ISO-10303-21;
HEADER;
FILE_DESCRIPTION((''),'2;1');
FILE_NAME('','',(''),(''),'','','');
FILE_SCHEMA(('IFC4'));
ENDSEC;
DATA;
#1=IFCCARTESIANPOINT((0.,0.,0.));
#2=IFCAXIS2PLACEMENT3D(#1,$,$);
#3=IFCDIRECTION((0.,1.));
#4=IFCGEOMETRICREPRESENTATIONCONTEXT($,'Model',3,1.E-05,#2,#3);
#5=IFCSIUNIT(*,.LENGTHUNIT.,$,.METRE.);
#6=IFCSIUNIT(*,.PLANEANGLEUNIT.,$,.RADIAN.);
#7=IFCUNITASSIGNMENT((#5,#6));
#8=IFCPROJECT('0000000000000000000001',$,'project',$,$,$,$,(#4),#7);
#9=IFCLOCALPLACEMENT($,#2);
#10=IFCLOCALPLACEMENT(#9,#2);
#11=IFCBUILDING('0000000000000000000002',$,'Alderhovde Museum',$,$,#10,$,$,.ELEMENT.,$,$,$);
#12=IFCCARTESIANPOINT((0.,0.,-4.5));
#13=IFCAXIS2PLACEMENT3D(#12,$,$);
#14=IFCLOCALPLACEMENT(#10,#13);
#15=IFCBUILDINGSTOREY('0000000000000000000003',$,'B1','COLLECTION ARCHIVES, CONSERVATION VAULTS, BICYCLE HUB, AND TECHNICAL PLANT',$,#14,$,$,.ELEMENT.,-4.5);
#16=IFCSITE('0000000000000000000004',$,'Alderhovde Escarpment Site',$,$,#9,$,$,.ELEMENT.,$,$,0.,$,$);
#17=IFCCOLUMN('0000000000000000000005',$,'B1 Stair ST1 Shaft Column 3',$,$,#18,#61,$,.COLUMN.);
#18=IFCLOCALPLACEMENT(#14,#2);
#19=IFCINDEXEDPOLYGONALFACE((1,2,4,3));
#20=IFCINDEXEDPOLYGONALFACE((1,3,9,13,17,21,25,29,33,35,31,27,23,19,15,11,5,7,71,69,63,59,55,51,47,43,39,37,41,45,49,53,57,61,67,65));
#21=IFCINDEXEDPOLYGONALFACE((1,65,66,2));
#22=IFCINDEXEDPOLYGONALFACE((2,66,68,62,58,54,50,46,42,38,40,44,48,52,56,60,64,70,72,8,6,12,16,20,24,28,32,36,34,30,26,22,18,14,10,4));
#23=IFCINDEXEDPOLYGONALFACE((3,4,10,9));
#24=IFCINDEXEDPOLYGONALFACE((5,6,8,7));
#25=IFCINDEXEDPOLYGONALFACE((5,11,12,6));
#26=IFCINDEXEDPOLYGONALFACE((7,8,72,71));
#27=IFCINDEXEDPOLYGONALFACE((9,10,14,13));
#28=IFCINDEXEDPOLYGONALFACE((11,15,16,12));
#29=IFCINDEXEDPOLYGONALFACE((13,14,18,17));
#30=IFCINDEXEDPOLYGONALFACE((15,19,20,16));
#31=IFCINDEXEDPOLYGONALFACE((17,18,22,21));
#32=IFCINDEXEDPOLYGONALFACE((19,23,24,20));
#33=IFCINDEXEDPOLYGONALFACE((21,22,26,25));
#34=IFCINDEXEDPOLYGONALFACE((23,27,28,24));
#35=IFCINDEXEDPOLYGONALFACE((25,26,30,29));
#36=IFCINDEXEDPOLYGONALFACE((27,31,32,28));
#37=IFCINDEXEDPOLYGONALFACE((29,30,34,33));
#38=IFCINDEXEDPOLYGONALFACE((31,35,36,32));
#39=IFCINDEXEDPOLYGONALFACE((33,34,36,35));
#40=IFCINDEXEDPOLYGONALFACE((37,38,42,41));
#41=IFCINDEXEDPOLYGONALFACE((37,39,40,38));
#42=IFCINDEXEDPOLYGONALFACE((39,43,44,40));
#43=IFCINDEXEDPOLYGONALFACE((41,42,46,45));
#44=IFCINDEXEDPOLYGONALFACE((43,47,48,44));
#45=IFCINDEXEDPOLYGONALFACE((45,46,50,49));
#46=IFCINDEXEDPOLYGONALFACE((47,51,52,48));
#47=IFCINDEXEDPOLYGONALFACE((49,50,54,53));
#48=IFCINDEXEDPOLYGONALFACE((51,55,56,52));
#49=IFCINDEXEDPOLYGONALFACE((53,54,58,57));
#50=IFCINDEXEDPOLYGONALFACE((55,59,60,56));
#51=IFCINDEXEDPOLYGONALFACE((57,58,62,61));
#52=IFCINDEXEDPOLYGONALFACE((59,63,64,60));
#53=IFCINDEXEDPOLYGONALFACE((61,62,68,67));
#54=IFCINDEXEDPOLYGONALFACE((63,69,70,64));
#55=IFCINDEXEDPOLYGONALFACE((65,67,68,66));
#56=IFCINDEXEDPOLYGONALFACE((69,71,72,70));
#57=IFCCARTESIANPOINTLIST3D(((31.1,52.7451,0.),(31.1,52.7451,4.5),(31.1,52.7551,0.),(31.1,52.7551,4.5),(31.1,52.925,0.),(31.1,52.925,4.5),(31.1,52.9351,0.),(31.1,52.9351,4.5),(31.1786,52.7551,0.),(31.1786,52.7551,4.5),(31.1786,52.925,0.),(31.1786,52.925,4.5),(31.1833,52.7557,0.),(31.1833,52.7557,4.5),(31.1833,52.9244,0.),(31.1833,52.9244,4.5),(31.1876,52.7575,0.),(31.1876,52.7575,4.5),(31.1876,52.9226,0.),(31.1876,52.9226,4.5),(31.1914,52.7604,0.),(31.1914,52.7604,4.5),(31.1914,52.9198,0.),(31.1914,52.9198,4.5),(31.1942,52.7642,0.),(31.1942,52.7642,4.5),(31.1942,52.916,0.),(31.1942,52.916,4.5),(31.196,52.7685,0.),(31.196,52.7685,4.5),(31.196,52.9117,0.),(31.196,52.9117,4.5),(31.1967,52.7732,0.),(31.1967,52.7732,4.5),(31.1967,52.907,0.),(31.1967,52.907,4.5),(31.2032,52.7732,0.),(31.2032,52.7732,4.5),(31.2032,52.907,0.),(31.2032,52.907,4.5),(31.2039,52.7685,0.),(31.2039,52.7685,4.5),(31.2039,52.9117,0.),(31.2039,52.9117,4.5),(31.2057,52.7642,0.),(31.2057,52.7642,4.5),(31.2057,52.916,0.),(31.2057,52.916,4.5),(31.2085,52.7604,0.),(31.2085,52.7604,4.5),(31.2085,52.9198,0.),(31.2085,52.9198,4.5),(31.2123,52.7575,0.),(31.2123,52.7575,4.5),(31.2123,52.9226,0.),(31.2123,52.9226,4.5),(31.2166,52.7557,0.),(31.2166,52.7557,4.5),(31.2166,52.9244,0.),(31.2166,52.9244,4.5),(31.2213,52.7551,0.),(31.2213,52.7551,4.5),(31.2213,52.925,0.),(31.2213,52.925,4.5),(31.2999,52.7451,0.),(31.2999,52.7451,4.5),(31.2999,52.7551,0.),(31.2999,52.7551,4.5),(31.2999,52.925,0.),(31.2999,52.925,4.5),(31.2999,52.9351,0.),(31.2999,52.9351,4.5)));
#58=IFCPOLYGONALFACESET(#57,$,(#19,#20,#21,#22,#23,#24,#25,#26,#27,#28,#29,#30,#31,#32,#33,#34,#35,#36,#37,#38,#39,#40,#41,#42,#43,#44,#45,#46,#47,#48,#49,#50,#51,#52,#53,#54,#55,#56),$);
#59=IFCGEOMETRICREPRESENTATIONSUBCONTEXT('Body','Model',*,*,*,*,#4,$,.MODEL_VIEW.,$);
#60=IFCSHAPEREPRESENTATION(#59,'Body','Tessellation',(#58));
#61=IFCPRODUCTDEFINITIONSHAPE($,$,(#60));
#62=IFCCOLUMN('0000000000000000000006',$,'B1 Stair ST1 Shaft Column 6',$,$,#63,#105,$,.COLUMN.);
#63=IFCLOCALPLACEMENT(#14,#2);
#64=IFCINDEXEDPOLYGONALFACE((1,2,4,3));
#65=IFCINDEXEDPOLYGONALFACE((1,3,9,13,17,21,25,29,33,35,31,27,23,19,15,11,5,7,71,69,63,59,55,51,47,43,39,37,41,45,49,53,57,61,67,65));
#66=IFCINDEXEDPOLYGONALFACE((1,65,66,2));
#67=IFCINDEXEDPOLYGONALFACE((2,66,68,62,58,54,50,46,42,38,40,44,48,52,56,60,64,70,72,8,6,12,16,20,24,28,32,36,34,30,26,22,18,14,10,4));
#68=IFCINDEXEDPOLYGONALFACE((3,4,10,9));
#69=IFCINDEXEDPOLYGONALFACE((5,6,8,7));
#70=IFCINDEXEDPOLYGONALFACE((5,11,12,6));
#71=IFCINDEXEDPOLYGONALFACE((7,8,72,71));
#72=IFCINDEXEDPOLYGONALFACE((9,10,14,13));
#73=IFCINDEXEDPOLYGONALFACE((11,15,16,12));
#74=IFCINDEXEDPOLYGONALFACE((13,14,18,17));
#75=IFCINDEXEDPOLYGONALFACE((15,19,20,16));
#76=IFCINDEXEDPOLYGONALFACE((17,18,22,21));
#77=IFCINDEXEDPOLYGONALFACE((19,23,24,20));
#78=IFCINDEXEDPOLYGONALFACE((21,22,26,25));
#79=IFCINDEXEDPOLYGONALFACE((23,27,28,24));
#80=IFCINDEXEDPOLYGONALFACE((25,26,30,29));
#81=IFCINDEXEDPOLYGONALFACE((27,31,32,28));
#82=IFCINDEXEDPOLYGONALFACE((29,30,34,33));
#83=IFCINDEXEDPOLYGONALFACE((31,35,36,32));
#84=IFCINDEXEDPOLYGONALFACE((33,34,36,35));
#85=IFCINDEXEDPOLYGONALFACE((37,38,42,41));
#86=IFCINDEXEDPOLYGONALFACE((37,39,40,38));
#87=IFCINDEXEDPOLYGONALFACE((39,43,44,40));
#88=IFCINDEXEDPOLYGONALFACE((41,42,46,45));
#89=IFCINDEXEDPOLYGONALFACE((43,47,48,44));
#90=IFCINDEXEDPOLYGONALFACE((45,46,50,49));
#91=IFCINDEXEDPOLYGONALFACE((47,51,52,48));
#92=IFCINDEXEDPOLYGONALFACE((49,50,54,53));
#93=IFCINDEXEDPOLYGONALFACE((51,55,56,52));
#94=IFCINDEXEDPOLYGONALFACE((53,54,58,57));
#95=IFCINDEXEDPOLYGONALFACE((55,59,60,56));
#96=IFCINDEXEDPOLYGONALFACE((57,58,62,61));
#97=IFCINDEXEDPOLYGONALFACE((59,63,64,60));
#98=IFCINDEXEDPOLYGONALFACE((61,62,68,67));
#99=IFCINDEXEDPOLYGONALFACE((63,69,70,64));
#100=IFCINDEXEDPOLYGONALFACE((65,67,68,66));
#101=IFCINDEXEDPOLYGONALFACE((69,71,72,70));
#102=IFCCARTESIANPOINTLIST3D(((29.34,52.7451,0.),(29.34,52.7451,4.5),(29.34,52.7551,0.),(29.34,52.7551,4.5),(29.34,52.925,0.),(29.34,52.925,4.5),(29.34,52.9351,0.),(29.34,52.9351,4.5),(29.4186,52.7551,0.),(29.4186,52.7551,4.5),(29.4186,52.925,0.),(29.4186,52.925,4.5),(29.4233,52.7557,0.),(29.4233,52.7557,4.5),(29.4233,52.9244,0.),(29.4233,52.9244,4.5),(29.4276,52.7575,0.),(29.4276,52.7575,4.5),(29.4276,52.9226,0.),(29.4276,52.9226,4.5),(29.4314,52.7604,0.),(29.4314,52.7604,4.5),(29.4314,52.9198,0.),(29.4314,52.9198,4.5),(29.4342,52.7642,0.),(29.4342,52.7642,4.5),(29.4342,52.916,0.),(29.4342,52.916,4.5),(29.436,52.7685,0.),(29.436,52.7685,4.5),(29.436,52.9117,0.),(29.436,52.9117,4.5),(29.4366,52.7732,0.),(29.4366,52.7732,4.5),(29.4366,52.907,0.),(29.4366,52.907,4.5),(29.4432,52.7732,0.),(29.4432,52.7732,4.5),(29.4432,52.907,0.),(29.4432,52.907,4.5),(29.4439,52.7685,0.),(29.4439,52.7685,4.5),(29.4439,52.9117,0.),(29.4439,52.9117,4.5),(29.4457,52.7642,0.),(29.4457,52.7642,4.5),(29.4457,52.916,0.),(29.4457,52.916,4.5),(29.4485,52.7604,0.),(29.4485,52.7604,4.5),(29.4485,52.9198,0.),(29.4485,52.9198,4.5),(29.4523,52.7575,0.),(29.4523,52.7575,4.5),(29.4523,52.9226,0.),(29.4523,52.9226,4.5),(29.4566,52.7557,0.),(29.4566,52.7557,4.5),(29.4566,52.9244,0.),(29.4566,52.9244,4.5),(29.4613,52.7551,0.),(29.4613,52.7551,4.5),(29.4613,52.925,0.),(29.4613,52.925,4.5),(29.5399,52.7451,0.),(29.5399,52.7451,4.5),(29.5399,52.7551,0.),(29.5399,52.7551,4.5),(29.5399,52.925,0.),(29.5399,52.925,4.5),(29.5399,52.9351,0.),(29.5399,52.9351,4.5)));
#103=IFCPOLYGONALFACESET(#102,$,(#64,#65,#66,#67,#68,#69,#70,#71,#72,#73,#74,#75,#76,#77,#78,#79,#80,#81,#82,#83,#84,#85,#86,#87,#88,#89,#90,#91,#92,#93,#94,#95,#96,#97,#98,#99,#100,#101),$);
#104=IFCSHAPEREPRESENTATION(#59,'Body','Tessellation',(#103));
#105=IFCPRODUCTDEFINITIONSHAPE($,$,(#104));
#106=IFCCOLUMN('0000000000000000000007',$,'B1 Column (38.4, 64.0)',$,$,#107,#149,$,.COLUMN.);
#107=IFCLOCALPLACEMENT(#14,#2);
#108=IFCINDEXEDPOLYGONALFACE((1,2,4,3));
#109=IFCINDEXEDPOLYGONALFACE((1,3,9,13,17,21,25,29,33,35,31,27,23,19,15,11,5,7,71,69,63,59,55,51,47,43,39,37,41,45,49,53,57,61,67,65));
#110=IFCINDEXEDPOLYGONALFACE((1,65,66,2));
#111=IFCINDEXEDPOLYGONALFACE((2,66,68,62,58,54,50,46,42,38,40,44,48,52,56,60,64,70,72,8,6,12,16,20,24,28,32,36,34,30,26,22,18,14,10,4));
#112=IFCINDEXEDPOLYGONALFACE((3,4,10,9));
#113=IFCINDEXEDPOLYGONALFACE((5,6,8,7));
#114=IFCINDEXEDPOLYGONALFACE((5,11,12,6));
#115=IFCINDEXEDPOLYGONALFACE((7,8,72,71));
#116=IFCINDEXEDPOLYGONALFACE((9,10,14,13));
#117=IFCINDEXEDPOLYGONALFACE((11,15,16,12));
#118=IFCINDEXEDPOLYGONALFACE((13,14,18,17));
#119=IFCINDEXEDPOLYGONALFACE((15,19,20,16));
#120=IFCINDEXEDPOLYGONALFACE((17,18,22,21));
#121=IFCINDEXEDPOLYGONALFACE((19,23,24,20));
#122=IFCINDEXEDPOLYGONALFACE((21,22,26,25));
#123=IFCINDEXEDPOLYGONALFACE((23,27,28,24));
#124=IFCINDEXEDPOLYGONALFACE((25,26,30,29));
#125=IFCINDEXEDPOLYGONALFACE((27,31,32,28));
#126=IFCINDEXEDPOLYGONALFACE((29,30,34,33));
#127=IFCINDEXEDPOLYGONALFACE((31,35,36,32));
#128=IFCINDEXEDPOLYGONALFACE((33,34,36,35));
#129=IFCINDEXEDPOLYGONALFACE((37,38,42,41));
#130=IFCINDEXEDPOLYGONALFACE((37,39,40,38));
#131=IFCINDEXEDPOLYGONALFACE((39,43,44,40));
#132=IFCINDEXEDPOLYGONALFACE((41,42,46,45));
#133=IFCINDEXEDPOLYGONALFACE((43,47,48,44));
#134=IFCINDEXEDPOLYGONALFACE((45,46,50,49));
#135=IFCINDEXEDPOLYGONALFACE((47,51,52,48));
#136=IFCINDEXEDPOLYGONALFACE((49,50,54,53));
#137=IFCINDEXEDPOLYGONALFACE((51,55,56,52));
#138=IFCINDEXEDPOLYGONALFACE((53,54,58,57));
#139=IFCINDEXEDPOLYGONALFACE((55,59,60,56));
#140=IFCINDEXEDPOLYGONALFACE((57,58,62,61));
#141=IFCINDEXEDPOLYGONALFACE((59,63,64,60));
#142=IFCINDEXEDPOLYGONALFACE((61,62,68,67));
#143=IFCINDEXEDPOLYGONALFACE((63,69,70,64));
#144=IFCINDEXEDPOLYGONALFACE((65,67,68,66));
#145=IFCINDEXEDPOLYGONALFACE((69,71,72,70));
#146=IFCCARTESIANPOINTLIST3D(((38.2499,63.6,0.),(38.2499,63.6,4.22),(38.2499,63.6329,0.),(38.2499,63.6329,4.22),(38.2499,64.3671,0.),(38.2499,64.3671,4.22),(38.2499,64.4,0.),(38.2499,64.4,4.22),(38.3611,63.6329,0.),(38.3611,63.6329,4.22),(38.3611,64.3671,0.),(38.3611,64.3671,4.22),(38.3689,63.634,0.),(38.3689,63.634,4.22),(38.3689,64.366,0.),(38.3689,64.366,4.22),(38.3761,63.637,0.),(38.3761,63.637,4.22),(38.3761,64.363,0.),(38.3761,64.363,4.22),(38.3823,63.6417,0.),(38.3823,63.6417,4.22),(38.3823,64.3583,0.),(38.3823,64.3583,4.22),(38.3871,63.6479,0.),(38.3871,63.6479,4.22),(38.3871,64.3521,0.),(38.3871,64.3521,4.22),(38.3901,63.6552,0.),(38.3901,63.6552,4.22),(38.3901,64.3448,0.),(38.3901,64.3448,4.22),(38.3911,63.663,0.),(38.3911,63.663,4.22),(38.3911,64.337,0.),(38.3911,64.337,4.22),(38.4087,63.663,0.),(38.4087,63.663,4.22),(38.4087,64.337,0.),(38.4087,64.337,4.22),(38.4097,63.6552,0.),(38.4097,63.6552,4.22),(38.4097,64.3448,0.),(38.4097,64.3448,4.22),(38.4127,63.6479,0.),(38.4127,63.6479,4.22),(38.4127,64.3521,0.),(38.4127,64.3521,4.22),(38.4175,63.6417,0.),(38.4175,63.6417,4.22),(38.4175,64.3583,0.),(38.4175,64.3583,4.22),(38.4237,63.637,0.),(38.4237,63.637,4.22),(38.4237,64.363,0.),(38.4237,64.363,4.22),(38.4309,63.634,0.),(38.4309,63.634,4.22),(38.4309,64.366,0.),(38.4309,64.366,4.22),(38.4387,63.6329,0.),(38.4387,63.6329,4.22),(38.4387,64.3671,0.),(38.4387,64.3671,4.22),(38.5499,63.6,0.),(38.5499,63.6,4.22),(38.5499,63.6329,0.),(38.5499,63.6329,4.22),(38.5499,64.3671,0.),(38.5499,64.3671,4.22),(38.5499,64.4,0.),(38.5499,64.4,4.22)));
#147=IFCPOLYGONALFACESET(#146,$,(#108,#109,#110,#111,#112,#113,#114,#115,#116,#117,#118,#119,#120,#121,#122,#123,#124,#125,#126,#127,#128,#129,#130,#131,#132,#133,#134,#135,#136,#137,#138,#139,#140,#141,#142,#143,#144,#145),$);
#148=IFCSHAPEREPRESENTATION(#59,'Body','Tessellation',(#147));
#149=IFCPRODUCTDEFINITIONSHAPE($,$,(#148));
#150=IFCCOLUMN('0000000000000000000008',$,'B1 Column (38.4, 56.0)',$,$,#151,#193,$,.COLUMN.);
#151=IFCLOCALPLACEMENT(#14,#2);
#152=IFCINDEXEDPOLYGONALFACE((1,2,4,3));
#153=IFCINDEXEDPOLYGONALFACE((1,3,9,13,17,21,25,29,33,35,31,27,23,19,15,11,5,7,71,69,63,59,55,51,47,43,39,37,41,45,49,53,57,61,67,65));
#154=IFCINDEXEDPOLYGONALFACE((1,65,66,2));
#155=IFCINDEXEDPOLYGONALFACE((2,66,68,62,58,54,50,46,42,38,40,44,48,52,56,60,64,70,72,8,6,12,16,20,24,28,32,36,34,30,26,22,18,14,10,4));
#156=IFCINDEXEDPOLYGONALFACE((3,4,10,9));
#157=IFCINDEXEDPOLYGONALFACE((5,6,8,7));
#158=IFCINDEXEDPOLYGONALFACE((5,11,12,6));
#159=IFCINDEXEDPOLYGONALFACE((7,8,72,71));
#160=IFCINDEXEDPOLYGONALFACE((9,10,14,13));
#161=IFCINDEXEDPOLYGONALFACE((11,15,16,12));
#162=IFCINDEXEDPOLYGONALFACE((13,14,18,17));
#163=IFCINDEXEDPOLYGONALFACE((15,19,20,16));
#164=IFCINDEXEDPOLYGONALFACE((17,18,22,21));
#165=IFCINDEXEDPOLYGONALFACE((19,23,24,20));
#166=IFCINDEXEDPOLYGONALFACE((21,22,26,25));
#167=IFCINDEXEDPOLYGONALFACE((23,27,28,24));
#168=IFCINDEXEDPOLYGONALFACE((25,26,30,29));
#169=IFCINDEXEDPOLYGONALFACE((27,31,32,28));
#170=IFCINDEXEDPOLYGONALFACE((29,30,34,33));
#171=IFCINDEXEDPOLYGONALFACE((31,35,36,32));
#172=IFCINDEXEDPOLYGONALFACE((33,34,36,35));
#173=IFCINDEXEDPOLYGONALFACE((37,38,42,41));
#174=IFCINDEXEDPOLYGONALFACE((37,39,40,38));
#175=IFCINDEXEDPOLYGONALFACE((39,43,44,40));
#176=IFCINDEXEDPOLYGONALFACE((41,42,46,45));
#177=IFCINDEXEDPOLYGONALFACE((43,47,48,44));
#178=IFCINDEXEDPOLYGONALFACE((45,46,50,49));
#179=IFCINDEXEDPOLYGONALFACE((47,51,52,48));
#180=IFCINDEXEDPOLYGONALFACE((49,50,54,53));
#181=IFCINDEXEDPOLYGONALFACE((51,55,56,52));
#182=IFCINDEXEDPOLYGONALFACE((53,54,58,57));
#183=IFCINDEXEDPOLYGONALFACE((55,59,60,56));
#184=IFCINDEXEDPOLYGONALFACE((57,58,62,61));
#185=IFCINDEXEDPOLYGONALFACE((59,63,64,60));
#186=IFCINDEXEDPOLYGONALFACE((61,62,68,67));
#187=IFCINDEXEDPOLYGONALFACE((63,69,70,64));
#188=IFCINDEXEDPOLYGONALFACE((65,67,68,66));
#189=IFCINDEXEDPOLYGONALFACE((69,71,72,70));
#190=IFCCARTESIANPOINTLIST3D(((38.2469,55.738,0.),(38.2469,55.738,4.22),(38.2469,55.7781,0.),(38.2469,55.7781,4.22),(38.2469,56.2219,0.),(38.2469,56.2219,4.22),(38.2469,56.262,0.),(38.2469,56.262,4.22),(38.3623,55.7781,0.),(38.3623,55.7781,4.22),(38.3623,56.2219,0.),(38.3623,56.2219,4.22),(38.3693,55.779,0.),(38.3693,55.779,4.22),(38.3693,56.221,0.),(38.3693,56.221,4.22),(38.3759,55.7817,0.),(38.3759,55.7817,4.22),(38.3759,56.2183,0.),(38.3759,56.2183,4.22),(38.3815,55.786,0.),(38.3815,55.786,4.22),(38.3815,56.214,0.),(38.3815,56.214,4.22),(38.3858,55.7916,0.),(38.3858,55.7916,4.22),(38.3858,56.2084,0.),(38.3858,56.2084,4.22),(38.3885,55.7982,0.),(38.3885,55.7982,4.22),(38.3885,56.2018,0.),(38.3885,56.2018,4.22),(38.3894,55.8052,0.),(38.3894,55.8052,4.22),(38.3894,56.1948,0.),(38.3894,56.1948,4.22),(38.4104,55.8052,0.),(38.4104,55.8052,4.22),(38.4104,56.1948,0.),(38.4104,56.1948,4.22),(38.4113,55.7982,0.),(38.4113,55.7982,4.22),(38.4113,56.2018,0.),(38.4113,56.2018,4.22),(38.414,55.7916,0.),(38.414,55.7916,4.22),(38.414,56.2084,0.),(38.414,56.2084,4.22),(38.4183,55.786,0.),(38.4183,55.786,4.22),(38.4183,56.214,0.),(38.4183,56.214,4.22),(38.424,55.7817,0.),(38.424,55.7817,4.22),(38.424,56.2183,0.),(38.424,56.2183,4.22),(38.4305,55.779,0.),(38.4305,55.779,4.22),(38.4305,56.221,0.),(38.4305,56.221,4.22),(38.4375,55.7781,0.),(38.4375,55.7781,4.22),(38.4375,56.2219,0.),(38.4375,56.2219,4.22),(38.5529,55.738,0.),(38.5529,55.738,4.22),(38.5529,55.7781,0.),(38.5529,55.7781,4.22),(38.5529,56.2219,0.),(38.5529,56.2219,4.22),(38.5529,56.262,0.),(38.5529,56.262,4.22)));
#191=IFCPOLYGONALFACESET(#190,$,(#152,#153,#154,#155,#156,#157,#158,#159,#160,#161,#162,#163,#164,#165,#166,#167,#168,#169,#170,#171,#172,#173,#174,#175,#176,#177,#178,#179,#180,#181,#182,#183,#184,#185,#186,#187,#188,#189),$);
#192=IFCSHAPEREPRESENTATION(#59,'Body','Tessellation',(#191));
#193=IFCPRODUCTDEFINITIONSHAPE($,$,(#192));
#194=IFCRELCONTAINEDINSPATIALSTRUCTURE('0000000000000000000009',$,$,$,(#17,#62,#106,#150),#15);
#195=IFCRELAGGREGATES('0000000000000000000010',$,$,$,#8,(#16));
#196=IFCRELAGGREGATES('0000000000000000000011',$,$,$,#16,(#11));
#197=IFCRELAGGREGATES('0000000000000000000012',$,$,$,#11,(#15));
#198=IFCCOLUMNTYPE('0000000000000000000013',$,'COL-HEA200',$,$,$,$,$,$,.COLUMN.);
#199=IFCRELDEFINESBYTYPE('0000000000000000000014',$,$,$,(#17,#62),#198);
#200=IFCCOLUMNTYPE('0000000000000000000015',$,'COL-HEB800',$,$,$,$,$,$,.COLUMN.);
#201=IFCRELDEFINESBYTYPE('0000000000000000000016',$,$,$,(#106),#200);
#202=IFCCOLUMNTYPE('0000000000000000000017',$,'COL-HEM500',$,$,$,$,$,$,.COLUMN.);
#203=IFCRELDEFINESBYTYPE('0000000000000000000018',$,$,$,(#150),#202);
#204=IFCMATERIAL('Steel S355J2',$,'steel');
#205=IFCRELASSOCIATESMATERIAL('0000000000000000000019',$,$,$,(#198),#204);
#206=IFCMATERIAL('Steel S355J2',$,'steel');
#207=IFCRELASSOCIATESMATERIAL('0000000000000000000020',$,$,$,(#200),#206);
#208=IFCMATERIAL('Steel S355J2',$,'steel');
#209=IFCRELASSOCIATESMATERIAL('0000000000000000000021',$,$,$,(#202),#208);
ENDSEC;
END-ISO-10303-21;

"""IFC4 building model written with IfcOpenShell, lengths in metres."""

from ifc_helpers import new_model, si_unit, direction, frame, origin, origin_2d, place, context, subcontext, project, spatial, i_section, extrude, material, material_profile, profile_set, type_object, element, save


model = new_model("IFC4")

# Units and contexts
model_context = context("Model", 3, precision=1e-05, world=origin(), true_north=direction((0.0, 1.0)))
body_context = subcontext(model_context, "Body", "Model", "MODEL_VIEW")
ifc_project = project(units=[si_unit("LENGTHUNIT", "METRE"), si_unit("PLANEANGLEUNIT", "RADIAN")], contexts=[model_context])

# Site, building, storey
site_placement = place(None, origin())
site = spatial("IfcSite", under=ifc_project, at=site_placement, Name="Alderhovde Escarpment Site", CompositionType="ELEMENT", RefElevation=0.0)
building_placement = place(site_placement, origin())
building = spatial("IfcBuilding", under=site, at=building_placement, Name="Alderhovde Museum", CompositionType="ELEMENT")
storey_placement = place(building_placement, frame((0.0, 0.0, -4.5)))
storey = spatial("IfcBuildingStorey", under=building, at=storey_placement, Name="B1", Description="COLLECTION ARCHIVES, CONSERVATION VAULTS, BICYCLE HUB, AND TECHNICAL PLANT", CompositionType="ELEMENT", Elevation=-4.5)

# Columns
ifc_material_1 = material(Name="Steel S355J2", Category="steel")
ifc_material_profile_1 = material_profile(ifc_material_1, i_section(OverallWidth=0.2, OverallDepth=0.1899, WebThickness=0.0066, FlangeThickness=0.01, FilletRadius=0.0181, at=origin_2d()), Name="HEA 200")
ifc_profile_set_1 = profile_set([ifc_material_profile_1], Name="Steel S355J2")
column_type_1 = type_object("IfcColumnType", Name="COL-HEA200", PredefinedType="COLUMN", material=ifc_profile_set_1)
for number, where, z_axis, x_axis, name in (
    (1, (31.2, 52.8401, 0.0), (0.0, 0.0, 1.0), (1.0, 0.0, 0.0), "B1 Stair ST1 Shaft Column 3"),
    (2, (29.4399, 52.8401, 0.0), (0.0, 0.0, 1.0), (1.0, 0.0, 0.0), "B1 Stair ST1 Shaft Column 6"),
):
    element("IfcColumn", number, at=place(storey_placement, frame(where, z_axis=z_axis, x_axis=x_axis)), inside=storey, type_object=column_type_1, Name=name, PredefinedType="COLUMN", context=body_context, shape_type="SweptSolid", body=[
        extrude(i_section(OverallWidth=0.2, OverallDepth=0.1899, WebThickness=0.0066, FlangeThickness=0.01, FilletRadius=0.0181, at=origin_2d()), origin(), (0.0, 0.0, 1.0), 4.5),
    ])
ifc_material_2 = material(Name="Steel S355J2", Category="steel")
ifc_material_profile_2 = material_profile(ifc_material_2, i_section(OverallWidth=0.3, OverallDepth=0.8, WebThickness=0.0176, FlangeThickness=0.033, FilletRadius=0.03, at=origin_2d()), Name="HEB 800")
ifc_profile_set_2 = profile_set([ifc_material_profile_2], Name="Steel S355J2")
column_type_2 = type_object("IfcColumnType", Name="COL-HEB800", PredefinedType="COLUMN", material=ifc_profile_set_2)
column_1_placement = place(storey_placement, frame((38.3999, 64.0, 0.0), z_axis=(0.0, 0.0, 1.0), x_axis=(1.0, 0.0, 0.0)))
element("IfcColumn", 3, at=column_1_placement, inside=storey, type_object=column_type_2, Name="B1 Column (38.4, 64.0)", PredefinedType="COLUMN", context=body_context, shape_type="SweptSolid", body=[
    extrude(i_section(OverallWidth=0.3, OverallDepth=0.8, WebThickness=0.0176, FlangeThickness=0.033, FilletRadius=0.03, at=origin_2d()), origin(), (0.0, 0.0, 1.0), 4.22),
])
ifc_material_3 = material(Name="Steel S355J2", Category="steel")
ifc_material_profile_3 = material_profile(ifc_material_3, i_section(OverallWidth=0.3059, OverallDepth=0.5239, WebThickness=0.021, FlangeThickness=0.04, FilletRadius=0.0271, at=origin_2d()), Name="HEM 500")
ifc_profile_set_3 = profile_set([ifc_material_profile_3], Name="Steel S355J2")
column_type_3 = type_object("IfcColumnType", Name="COL-HEM500", PredefinedType="COLUMN", material=ifc_profile_set_3)
column_2_placement = place(storey_placement, frame((38.3999, 56.0, 0.0), z_axis=(0.0, 0.0, 1.0), x_axis=(1.0, 0.0, 0.0)))
element("IfcColumn", 4, at=column_2_placement, inside=storey, type_object=column_type_3, Name="B1 Column (38.4, 56.0)", PredefinedType="COLUMN", context=body_context, shape_type="SweptSolid", body=[
    extrude(i_section(OverallWidth=0.3059, OverallDepth=0.5239, WebThickness=0.021, FlangeThickness=0.04, FilletRadius=0.0271, at=origin_2d()), origin(), (0.0, 0.0, 1.0), 4.22),
])

save(model, "model.ifc")
